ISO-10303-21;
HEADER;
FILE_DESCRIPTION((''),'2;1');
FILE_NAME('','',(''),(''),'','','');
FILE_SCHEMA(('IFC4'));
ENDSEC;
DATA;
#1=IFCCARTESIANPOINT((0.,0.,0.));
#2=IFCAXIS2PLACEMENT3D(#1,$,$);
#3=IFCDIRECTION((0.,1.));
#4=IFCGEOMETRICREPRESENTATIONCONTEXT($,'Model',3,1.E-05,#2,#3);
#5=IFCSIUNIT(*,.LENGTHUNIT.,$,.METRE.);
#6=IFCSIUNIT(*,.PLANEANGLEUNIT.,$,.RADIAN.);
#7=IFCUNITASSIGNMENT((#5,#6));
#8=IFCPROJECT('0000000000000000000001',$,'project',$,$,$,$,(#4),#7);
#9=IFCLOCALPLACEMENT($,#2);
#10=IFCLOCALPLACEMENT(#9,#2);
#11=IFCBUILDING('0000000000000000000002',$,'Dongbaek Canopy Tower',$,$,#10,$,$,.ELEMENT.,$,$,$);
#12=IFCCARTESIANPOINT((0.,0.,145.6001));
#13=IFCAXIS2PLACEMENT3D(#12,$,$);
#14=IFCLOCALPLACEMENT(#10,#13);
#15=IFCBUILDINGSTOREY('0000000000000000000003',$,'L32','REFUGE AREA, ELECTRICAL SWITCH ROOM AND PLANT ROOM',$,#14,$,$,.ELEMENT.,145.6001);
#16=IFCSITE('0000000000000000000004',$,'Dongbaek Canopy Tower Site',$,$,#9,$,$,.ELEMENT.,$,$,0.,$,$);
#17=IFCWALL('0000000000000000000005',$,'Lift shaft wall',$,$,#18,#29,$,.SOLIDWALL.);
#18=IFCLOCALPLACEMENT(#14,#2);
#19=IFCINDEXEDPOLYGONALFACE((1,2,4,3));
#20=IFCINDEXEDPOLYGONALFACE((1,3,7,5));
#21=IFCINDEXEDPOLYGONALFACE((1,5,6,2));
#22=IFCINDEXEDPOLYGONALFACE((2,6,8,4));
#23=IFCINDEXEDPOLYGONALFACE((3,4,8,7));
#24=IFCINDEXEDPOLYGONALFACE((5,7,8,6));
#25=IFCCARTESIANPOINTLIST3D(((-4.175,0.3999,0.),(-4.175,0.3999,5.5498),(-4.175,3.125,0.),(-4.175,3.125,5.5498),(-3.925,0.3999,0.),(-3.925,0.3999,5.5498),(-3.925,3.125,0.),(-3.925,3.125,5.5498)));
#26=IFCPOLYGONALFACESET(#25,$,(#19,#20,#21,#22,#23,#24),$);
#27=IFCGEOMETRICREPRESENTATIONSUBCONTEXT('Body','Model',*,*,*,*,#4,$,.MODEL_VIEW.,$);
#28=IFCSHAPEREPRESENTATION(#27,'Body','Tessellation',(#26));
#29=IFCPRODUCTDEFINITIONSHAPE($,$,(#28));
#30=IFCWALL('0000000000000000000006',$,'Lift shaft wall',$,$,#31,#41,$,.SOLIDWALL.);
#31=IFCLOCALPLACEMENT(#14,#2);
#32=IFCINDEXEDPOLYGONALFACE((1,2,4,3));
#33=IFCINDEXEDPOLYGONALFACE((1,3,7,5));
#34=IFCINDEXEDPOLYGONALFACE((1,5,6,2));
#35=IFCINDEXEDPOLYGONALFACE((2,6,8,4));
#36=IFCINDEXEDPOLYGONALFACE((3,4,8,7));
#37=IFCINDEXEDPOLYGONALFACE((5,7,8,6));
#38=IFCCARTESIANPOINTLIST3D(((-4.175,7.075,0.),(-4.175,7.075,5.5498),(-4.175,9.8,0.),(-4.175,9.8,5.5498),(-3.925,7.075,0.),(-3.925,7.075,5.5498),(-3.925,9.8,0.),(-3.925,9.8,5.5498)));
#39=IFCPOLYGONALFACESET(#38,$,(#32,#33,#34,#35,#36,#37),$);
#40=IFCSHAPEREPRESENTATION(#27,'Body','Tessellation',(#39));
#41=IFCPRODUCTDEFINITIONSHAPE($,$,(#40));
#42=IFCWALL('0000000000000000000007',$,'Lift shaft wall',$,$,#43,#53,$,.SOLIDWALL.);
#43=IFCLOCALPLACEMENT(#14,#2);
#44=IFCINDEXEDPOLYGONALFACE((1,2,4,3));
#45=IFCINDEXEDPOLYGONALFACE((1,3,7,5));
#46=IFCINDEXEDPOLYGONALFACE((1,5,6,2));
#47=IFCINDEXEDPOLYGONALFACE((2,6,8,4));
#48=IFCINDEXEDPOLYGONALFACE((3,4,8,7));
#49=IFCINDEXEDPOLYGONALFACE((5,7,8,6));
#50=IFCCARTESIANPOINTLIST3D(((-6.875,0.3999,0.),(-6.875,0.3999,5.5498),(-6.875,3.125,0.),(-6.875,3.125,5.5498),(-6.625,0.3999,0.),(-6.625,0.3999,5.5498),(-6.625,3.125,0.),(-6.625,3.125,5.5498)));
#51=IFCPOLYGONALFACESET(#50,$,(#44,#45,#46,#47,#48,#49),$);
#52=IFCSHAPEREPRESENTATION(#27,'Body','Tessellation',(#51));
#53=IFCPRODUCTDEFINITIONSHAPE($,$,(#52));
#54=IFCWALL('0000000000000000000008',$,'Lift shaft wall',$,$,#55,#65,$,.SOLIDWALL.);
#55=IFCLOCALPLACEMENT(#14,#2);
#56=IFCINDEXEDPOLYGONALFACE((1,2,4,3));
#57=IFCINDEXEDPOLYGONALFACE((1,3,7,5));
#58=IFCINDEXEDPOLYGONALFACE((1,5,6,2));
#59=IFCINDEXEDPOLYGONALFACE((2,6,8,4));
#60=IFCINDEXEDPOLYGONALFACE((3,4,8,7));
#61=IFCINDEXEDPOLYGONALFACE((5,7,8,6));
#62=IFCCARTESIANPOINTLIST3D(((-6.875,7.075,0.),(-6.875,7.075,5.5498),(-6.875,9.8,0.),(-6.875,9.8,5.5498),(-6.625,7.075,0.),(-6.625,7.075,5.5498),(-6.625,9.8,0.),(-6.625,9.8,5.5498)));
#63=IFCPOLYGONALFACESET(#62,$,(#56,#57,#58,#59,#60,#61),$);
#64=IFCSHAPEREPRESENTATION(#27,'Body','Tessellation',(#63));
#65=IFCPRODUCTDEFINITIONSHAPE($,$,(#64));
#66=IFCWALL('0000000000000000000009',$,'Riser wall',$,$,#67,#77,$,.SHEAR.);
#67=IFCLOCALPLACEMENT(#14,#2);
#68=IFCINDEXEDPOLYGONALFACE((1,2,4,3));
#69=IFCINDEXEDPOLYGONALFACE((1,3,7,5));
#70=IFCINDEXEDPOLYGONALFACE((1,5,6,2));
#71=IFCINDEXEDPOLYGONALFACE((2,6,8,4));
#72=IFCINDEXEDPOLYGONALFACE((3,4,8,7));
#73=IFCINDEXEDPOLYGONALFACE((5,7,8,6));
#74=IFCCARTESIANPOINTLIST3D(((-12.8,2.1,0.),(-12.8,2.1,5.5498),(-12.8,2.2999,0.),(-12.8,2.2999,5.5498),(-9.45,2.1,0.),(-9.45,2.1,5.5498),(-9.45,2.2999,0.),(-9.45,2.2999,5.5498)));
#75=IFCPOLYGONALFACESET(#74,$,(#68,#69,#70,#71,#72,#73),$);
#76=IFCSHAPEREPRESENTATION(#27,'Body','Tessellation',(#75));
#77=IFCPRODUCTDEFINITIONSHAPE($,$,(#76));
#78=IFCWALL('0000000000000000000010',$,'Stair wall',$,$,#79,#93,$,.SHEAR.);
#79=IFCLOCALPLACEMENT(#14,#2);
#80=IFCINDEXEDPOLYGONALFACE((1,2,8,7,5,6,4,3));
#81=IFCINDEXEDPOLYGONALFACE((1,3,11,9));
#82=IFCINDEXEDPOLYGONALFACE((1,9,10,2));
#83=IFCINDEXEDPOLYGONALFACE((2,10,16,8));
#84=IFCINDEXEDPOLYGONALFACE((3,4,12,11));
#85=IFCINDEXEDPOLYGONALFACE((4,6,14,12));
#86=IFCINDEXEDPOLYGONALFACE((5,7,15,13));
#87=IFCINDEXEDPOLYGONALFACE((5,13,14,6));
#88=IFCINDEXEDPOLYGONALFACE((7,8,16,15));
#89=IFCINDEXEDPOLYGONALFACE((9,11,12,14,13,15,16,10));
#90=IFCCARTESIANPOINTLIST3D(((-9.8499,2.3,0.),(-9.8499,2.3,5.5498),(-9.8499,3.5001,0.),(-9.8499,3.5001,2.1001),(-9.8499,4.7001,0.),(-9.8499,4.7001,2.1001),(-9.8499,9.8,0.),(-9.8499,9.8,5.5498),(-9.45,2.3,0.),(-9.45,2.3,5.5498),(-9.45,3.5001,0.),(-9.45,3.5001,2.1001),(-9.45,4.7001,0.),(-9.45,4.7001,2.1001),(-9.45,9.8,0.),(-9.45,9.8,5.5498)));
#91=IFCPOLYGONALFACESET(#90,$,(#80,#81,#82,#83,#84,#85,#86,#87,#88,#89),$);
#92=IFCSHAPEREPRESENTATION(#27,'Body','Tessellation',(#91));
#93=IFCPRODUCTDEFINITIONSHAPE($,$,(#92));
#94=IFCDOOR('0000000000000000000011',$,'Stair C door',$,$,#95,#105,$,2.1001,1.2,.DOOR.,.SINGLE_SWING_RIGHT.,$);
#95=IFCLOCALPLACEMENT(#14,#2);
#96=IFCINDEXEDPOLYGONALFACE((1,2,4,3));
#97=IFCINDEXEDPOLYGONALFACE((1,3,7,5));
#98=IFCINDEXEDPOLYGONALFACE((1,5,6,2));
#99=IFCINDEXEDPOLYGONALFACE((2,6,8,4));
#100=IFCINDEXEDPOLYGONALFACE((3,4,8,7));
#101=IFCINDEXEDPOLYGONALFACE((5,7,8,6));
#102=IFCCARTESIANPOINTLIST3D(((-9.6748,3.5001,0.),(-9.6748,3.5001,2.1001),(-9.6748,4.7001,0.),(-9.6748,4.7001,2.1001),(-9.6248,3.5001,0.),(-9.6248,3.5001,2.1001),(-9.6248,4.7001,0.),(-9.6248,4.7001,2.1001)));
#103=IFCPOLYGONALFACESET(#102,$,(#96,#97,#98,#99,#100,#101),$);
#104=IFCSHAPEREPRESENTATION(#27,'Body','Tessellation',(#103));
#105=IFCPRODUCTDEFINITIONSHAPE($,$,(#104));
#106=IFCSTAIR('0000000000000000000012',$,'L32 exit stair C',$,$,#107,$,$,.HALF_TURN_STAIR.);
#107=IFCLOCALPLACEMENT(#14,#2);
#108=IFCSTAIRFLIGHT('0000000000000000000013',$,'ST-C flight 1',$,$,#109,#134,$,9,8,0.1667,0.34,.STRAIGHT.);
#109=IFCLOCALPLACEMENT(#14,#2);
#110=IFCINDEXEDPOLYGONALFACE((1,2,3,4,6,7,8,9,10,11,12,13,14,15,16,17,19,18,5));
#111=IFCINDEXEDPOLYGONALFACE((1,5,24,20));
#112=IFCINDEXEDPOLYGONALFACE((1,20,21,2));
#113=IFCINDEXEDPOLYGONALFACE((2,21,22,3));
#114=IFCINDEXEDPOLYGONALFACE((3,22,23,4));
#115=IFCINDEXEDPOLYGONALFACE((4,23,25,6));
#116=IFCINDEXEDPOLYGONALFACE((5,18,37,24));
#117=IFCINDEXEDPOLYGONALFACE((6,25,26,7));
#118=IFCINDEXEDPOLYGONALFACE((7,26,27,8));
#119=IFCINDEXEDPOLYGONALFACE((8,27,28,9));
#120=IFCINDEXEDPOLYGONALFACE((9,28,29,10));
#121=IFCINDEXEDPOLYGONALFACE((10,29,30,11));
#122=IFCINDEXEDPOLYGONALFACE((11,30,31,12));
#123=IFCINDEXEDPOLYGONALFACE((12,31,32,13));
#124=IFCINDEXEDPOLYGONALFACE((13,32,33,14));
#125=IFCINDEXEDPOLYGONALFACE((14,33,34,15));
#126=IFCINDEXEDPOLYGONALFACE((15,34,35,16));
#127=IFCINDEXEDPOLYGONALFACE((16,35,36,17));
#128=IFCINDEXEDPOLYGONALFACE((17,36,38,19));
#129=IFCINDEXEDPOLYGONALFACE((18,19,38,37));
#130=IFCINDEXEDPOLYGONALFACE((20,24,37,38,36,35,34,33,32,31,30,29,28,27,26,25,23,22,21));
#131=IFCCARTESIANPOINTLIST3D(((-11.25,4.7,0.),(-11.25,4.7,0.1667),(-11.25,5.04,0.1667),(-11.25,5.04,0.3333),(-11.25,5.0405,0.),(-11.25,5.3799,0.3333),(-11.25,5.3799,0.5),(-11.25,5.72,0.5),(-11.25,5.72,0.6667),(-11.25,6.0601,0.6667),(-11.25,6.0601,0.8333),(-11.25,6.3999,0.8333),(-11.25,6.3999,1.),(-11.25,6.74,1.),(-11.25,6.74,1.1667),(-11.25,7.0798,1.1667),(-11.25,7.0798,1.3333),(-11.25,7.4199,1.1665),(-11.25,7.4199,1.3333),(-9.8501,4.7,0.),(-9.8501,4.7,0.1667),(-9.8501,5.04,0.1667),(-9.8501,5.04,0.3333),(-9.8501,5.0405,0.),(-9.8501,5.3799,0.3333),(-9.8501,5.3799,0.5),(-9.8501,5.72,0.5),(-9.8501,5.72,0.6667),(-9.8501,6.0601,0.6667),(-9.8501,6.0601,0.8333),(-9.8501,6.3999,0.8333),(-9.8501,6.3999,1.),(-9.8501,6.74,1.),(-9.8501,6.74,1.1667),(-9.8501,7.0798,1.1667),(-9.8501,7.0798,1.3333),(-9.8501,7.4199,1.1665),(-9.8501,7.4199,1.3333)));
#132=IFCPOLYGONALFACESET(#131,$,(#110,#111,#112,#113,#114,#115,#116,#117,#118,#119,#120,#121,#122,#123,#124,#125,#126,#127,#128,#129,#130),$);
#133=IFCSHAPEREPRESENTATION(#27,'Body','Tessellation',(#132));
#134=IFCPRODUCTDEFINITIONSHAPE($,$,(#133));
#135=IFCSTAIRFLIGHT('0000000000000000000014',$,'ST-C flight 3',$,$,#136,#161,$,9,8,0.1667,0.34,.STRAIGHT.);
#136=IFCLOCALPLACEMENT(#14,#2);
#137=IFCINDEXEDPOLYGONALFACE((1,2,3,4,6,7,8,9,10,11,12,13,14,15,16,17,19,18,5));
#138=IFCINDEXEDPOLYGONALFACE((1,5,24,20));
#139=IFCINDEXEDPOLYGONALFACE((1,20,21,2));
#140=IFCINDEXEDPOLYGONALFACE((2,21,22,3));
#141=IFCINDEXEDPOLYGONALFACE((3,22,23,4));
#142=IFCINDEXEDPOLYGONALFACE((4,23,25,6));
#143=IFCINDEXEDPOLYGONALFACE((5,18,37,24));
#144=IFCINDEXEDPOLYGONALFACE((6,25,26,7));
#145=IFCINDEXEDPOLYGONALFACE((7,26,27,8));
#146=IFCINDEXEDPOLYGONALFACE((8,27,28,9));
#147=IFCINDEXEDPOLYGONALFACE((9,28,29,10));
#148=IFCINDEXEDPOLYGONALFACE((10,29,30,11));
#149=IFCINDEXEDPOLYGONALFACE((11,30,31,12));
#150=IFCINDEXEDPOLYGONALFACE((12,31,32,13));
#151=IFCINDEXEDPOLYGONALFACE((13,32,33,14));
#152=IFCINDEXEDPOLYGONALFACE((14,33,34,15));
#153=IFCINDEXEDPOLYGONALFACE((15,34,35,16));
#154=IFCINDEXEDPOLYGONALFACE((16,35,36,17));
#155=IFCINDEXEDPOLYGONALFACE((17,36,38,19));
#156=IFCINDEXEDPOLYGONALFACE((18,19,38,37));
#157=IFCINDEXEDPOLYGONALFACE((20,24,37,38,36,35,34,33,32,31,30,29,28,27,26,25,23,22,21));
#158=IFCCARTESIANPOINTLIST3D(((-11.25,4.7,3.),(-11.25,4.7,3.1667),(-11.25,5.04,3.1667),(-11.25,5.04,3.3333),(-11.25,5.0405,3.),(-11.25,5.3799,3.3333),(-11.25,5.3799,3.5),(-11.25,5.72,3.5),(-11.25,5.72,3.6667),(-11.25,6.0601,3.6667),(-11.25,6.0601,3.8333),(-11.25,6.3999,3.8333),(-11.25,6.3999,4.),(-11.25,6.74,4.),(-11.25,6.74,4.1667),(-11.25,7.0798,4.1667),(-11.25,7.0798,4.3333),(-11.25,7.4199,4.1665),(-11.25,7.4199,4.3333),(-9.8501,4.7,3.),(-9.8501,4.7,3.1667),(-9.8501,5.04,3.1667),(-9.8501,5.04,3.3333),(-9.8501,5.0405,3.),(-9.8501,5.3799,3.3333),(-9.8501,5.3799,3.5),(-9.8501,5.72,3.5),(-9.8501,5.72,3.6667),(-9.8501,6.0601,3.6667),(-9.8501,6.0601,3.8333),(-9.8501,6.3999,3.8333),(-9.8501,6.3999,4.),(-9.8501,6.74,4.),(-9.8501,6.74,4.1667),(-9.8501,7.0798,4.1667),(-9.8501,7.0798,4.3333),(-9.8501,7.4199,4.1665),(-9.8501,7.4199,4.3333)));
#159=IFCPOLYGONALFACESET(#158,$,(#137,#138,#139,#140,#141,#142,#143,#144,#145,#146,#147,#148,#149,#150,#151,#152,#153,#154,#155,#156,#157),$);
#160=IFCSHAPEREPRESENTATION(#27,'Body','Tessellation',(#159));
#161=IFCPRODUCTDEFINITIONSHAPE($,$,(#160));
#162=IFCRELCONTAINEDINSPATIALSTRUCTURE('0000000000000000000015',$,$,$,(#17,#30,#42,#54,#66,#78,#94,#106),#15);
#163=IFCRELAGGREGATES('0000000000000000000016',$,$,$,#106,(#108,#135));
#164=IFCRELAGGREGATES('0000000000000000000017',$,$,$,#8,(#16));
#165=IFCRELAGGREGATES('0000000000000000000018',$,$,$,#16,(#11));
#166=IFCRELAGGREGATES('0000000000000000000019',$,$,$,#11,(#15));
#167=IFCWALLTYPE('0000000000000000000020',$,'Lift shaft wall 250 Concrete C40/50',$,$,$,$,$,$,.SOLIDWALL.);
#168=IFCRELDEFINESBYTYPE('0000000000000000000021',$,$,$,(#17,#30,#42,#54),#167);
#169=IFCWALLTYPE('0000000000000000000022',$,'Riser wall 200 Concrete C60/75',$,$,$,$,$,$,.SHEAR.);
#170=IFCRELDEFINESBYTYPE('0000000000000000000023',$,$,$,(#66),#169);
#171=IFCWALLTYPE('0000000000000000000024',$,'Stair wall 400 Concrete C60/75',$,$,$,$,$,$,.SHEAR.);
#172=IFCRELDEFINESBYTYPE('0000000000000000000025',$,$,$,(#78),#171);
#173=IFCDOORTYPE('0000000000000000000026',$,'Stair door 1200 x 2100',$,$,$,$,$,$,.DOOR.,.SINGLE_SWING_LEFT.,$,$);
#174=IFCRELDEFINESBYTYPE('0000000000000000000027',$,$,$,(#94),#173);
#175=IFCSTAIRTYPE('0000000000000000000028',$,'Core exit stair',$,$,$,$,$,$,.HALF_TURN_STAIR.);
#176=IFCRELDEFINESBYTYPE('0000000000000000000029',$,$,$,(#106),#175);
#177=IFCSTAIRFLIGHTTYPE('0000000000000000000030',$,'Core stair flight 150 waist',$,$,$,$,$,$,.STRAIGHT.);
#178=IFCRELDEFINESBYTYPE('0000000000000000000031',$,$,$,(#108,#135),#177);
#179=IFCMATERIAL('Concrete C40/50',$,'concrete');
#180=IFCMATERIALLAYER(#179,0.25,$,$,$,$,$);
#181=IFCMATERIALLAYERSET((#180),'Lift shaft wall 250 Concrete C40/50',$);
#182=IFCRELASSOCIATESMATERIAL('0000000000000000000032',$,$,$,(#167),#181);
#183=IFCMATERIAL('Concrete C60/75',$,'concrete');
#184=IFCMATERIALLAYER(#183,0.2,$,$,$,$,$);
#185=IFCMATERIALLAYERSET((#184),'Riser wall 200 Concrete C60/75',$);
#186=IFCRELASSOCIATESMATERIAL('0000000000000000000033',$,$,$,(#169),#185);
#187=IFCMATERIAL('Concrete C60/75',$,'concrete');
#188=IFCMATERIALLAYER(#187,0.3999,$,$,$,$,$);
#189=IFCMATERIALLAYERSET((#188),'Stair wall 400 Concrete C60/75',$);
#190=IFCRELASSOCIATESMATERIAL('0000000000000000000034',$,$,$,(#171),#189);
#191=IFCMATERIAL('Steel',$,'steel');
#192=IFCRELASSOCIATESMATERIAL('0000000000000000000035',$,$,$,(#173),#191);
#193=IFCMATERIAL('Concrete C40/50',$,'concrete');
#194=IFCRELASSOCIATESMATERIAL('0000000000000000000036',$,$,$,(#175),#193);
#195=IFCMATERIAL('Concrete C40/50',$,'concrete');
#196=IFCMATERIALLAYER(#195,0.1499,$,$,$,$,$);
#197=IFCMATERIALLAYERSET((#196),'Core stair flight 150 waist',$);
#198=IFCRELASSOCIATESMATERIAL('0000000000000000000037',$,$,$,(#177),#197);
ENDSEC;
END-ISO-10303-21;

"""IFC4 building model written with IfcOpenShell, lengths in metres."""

from ifc_helpers import new_model, si_unit, direction, frame, frame_2d, origin, place, context, subcontext, project, spatial, polyline, rectangle, outline, extrude, material, layer, layer_set, type_object, element, fill, aggregate, save


model = new_model("IFC4")

# Units and contexts
model_context = context("Model", 3, precision=1e-05, world=origin(), true_north=direction((0.0, 1.0)))
body_context = subcontext(model_context, "Body", "Model", "MODEL_VIEW")
ifc_project = project(units=[si_unit("LENGTHUNIT", "METRE"), si_unit("PLANEANGLEUNIT", "RADIAN")], contexts=[model_context])

# Site, building, storey
site_placement = place(None, origin())
site = spatial("IfcSite", under=ifc_project, at=site_placement, Name="Dongbaek Canopy Tower Site", CompositionType="ELEMENT", RefElevation=0.0)
building_placement = place(site_placement, origin())
building = spatial("IfcBuilding", under=site, at=building_placement, Name="Dongbaek Canopy Tower", CompositionType="ELEMENT")
storey_placement = place(building_placement, frame((0.0, 0.0, 145.6001)))
storey = spatial("IfcBuildingStorey", under=building, at=storey_placement, Name="L32", Description="REFUGE AREA, ELECTRICAL SWITCH ROOM AND PLANT ROOM", CompositionType="ELEMENT", Elevation=145.6001)

# Walls
ifc_material_1 = material(Name="Concrete C40/50", Category="concrete")
ifc_layer_1 = layer(ifc_material_1, 0.25)
ifc_layer_set_1 = layer_set([ifc_layer_1], Name="Lift shaft wall 250 Concrete C40/50")
wall_type_1 = type_object("IfcWallType", Name="Lift shaft wall 250 Concrete C40/50", PredefinedType="SOLIDWALL", material=ifc_layer_set_1)
for number, where, z_axis, x_axis, name in (
    (1, (-4.05, 0.3999, 0.0), (0.0, 0.0, 1.0), (0.0, 1.0, 0.0), "Lift shaft wall"),
    (2, (-4.05, 7.075, 0.0), (0.0, 0.0, 1.0), (0.0, 1.0, 0.0), "Lift shaft wall"),
    (3, (-6.75, 0.3999, 0.0), (0.0, 0.0, 1.0), (0.0, 1.0, 0.0), "Lift shaft wall"),
    (4, (-6.75, 7.075, 0.0), (0.0, 0.0, 1.0), (0.0, 1.0, 0.0), "Lift shaft wall"),
):
    element("IfcWall", number, at=place(storey_placement, frame(where, z_axis=z_axis, x_axis=x_axis)), inside=storey, type_object=wall_type_1, Name=name, PredefinedType="SOLIDWALL", context=body_context, shape_type="SweptSolid", body=[
        extrude(rectangle(XDim=2.7251, YDim=0.25, at=frame_2d((1.3625, 0.0))), origin(), (0.0, 0.0, 1.0), 5.5498),
    ])
ifc_material_2 = material(Name="Concrete C60/75", Category="concrete")
ifc_layer_2 = layer(ifc_material_2, 0.2)
ifc_layer_set_2 = layer_set([ifc_layer_2], Name="Riser wall 200 Concrete C60/75")
wall_type_2 = type_object("IfcWallType", Name="Riser wall 200 Concrete C60/75", PredefinedType="SHEAR", material=ifc_layer_set_2)
wall_1_placement = place(storey_placement, frame((-9.45, 2.2, 0.0), z_axis=(0.0, 0.0, 1.0), x_axis=(-1.0, 0.0, 0.0)))
element("IfcWall", 5, at=wall_1_placement, inside=storey, type_object=wall_type_2, Name="Riser wall", PredefinedType="SHEAR", context=body_context, shape_type="SweptSolid", body=[
    extrude(rectangle(XDim=3.3501, YDim=0.2, at=frame_2d((1.675, 0.0))), origin(), (0.0, 0.0, 1.0), 5.5498),
])

# Wall, opening, door
ifc_material_3 = material(Name="Concrete C60/75", Category="concrete")
ifc_layer_3 = layer(ifc_material_3, 0.3999)
ifc_layer_set_3 = layer_set([ifc_layer_3], Name="Stair wall 400 Concrete C60/75")
wall_type_3 = type_object("IfcWallType", Name="Stair wall 400 Concrete C60/75", PredefinedType="SHEAR", material=ifc_layer_set_3)
wall_2_placement = place(storey_placement, frame((-9.6499, 2.3, 0.0), z_axis=(0.0, 0.0, 1.0), x_axis=(0.0, 1.0, 0.0)))
wall_2 = element("IfcWall", 6, at=wall_2_placement, inside=storey, type_object=wall_type_3, Name="Stair wall", PredefinedType="SHEAR", context=body_context, shape_type="SweptSolid", body=[
    extrude(rectangle(XDim=7.5, YDim=0.3999, at=frame_2d((3.75, 0.0))), origin(), (0.0, 0.0, 1.0), 5.5498),
])
opening_1_placement = place(wall_2_placement, frame((1.2, 0.0, 0.0)))
opening_1 = element("IfcOpeningElement", 7, at=opening_1_placement, cuts=wall_2, PredefinedType="OPENING", context=body_context, shape_type="SweptSolid", body=[
    extrude(rectangle(XDim=1.2, YDim=2.1001, at=frame_2d((0.6001, 1.05))), frame((0.0, 0.21, 0.0), z_axis=(0.0, -1.0, 0.0), x_axis=(1.0, 0.0, 0.0)), (0.0, 0.0, 1.0), 0.4199),
])
ifc_material_4 = material(Name="Steel", Category="steel")
door_type_1 = type_object("IfcDoorType", Name="Stair door 1200 x 2100", OperationType="SINGLE_SWING_LEFT", PredefinedType="DOOR", material=ifc_material_4)
door_1_placement = place(opening_1_placement, origin())
door_1 = element("IfcDoor", 8, at=door_1_placement, inside=storey, type_object=door_type_1, Name="Stair C door", OperationType="SINGLE_SWING_RIGHT", OverallHeight=2.1001, OverallWidth=1.2, PredefinedType="DOOR", context=body_context, shape_type="SweptSolid", body=[
    extrude(rectangle(XDim=1.2, YDim=2.1001, at=frame_2d((0.6001, 1.05))), frame((0.0, 0.0249, 0.0), z_axis=(0.0, -1.0, 0.0), x_axis=(1.0, 0.0, 0.0)), (0.0, 0.0, 1.0), 0.05),
])
fill(opening_1, door_1)

# Stair, stair flights
ifc_material_5 = material(Name="Concrete C40/50", Category="concrete")
stair_type = type_object("IfcStairType", Name="Core exit stair", PredefinedType="HALF_TURN_STAIR", material=ifc_material_5)
stair_placement = place(storey_placement, origin())
stair = element("IfcStair", 9, at=stair_placement, inside=storey, type_object=stair_type, Name="L32 exit stair C", PredefinedType="HALF_TURN_STAIR")
ifc_material_6 = material(Name="Concrete C40/50", Category="concrete")
ifc_layer_4 = layer(ifc_material_6, 0.1499)
ifc_layer_set_4 = layer_set([ifc_layer_4], Name="Core stair flight 150 waist")
stair_flight_type = type_object("IfcStairFlightType", Name="Core stair flight 150 waist", PredefinedType="STRAIGHT", material=ifc_layer_set_4)
stair_flight_1_placement = place(storey_placement, frame((-10.55, 4.7, 0.0), z_axis=(0.0, 0.0, 1.0), x_axis=(0.0, 1.0, 0.0)))
stair_flight_1 = element("IfcStairFlight", 10, at=stair_flight_1_placement, type_object=stair_flight_type, Name="ST-C flight 1", NumberOfRisers=9, NumberOfTreads=8, PredefinedType="STRAIGHT", RiserHeight=0.1667, TreadLength=0.34, context=body_context, shape_type="SweptSolid", body=[
    extrude(outline(polyline([(0.0, 0.0), (0.0, 0.1667), (0.3401, 0.1667), (0.3401, 0.3333), (0.6799, 0.3333), (0.6799, 0.5), (1.02, 0.5), (1.02, 0.6667), (1.3601, 0.6667), (1.3601, 0.8333), (1.7, 0.8333), (1.7, 1.0), (2.04, 1.0), (2.04, 1.1667), (2.3799, 1.1667), (2.3799, 1.3333), (2.72, 1.3333), (2.72, 1.5), (2.72, 1.1665), (0.3406, 0.0), (0.0, 0.0)])), frame((0.0, 0.7, 0.0), z_axis=(0.0, -1.0, 0.0), x_axis=(1.0, 0.0, 0.0)), (0.0, 0.0, 1.0), 1.3999),
])
stair_flight_2_placement = place(storey_placement, frame((-10.55, 4.7, 3.0), z_axis=(0.0, 0.0, 1.0), x_axis=(0.0, 1.0, 0.0)))
stair_flight_2 = element("IfcStairFlight", 11, at=stair_flight_2_placement, type_object=stair_flight_type, Name="ST-C flight 3", NumberOfRisers=9, NumberOfTreads=8, PredefinedType="STRAIGHT", RiserHeight=0.1667, TreadLength=0.34, context=body_context, shape_type="SweptSolid", body=[
    extrude(outline(polyline([(0.0, 0.0), (0.0, 0.1667), (0.3401, 0.1667), (0.3401, 0.3333), (0.6799, 0.3333), (0.6799, 0.5), (1.02, 0.5), (1.02, 0.6667), (1.3601, 0.6667), (1.3601, 0.8333), (1.7, 0.8333), (1.7, 1.0), (2.04, 1.0), (2.04, 1.1667), (2.3799, 1.1667), (2.3799, 1.3333), (2.72, 1.3333), (2.72, 1.5), (2.72, 1.1665), (0.3406, 0.0), (0.0, 0.0)])), frame((0.0, 0.7, 0.0), z_axis=(0.0, -1.0, 0.0), x_axis=(1.0, 0.0, 0.0)), (0.0, 0.0, 1.0), 1.3999),
])
aggregate(stair, [stair_flight_1, stair_flight_2])

save(model, "model.ifc")
